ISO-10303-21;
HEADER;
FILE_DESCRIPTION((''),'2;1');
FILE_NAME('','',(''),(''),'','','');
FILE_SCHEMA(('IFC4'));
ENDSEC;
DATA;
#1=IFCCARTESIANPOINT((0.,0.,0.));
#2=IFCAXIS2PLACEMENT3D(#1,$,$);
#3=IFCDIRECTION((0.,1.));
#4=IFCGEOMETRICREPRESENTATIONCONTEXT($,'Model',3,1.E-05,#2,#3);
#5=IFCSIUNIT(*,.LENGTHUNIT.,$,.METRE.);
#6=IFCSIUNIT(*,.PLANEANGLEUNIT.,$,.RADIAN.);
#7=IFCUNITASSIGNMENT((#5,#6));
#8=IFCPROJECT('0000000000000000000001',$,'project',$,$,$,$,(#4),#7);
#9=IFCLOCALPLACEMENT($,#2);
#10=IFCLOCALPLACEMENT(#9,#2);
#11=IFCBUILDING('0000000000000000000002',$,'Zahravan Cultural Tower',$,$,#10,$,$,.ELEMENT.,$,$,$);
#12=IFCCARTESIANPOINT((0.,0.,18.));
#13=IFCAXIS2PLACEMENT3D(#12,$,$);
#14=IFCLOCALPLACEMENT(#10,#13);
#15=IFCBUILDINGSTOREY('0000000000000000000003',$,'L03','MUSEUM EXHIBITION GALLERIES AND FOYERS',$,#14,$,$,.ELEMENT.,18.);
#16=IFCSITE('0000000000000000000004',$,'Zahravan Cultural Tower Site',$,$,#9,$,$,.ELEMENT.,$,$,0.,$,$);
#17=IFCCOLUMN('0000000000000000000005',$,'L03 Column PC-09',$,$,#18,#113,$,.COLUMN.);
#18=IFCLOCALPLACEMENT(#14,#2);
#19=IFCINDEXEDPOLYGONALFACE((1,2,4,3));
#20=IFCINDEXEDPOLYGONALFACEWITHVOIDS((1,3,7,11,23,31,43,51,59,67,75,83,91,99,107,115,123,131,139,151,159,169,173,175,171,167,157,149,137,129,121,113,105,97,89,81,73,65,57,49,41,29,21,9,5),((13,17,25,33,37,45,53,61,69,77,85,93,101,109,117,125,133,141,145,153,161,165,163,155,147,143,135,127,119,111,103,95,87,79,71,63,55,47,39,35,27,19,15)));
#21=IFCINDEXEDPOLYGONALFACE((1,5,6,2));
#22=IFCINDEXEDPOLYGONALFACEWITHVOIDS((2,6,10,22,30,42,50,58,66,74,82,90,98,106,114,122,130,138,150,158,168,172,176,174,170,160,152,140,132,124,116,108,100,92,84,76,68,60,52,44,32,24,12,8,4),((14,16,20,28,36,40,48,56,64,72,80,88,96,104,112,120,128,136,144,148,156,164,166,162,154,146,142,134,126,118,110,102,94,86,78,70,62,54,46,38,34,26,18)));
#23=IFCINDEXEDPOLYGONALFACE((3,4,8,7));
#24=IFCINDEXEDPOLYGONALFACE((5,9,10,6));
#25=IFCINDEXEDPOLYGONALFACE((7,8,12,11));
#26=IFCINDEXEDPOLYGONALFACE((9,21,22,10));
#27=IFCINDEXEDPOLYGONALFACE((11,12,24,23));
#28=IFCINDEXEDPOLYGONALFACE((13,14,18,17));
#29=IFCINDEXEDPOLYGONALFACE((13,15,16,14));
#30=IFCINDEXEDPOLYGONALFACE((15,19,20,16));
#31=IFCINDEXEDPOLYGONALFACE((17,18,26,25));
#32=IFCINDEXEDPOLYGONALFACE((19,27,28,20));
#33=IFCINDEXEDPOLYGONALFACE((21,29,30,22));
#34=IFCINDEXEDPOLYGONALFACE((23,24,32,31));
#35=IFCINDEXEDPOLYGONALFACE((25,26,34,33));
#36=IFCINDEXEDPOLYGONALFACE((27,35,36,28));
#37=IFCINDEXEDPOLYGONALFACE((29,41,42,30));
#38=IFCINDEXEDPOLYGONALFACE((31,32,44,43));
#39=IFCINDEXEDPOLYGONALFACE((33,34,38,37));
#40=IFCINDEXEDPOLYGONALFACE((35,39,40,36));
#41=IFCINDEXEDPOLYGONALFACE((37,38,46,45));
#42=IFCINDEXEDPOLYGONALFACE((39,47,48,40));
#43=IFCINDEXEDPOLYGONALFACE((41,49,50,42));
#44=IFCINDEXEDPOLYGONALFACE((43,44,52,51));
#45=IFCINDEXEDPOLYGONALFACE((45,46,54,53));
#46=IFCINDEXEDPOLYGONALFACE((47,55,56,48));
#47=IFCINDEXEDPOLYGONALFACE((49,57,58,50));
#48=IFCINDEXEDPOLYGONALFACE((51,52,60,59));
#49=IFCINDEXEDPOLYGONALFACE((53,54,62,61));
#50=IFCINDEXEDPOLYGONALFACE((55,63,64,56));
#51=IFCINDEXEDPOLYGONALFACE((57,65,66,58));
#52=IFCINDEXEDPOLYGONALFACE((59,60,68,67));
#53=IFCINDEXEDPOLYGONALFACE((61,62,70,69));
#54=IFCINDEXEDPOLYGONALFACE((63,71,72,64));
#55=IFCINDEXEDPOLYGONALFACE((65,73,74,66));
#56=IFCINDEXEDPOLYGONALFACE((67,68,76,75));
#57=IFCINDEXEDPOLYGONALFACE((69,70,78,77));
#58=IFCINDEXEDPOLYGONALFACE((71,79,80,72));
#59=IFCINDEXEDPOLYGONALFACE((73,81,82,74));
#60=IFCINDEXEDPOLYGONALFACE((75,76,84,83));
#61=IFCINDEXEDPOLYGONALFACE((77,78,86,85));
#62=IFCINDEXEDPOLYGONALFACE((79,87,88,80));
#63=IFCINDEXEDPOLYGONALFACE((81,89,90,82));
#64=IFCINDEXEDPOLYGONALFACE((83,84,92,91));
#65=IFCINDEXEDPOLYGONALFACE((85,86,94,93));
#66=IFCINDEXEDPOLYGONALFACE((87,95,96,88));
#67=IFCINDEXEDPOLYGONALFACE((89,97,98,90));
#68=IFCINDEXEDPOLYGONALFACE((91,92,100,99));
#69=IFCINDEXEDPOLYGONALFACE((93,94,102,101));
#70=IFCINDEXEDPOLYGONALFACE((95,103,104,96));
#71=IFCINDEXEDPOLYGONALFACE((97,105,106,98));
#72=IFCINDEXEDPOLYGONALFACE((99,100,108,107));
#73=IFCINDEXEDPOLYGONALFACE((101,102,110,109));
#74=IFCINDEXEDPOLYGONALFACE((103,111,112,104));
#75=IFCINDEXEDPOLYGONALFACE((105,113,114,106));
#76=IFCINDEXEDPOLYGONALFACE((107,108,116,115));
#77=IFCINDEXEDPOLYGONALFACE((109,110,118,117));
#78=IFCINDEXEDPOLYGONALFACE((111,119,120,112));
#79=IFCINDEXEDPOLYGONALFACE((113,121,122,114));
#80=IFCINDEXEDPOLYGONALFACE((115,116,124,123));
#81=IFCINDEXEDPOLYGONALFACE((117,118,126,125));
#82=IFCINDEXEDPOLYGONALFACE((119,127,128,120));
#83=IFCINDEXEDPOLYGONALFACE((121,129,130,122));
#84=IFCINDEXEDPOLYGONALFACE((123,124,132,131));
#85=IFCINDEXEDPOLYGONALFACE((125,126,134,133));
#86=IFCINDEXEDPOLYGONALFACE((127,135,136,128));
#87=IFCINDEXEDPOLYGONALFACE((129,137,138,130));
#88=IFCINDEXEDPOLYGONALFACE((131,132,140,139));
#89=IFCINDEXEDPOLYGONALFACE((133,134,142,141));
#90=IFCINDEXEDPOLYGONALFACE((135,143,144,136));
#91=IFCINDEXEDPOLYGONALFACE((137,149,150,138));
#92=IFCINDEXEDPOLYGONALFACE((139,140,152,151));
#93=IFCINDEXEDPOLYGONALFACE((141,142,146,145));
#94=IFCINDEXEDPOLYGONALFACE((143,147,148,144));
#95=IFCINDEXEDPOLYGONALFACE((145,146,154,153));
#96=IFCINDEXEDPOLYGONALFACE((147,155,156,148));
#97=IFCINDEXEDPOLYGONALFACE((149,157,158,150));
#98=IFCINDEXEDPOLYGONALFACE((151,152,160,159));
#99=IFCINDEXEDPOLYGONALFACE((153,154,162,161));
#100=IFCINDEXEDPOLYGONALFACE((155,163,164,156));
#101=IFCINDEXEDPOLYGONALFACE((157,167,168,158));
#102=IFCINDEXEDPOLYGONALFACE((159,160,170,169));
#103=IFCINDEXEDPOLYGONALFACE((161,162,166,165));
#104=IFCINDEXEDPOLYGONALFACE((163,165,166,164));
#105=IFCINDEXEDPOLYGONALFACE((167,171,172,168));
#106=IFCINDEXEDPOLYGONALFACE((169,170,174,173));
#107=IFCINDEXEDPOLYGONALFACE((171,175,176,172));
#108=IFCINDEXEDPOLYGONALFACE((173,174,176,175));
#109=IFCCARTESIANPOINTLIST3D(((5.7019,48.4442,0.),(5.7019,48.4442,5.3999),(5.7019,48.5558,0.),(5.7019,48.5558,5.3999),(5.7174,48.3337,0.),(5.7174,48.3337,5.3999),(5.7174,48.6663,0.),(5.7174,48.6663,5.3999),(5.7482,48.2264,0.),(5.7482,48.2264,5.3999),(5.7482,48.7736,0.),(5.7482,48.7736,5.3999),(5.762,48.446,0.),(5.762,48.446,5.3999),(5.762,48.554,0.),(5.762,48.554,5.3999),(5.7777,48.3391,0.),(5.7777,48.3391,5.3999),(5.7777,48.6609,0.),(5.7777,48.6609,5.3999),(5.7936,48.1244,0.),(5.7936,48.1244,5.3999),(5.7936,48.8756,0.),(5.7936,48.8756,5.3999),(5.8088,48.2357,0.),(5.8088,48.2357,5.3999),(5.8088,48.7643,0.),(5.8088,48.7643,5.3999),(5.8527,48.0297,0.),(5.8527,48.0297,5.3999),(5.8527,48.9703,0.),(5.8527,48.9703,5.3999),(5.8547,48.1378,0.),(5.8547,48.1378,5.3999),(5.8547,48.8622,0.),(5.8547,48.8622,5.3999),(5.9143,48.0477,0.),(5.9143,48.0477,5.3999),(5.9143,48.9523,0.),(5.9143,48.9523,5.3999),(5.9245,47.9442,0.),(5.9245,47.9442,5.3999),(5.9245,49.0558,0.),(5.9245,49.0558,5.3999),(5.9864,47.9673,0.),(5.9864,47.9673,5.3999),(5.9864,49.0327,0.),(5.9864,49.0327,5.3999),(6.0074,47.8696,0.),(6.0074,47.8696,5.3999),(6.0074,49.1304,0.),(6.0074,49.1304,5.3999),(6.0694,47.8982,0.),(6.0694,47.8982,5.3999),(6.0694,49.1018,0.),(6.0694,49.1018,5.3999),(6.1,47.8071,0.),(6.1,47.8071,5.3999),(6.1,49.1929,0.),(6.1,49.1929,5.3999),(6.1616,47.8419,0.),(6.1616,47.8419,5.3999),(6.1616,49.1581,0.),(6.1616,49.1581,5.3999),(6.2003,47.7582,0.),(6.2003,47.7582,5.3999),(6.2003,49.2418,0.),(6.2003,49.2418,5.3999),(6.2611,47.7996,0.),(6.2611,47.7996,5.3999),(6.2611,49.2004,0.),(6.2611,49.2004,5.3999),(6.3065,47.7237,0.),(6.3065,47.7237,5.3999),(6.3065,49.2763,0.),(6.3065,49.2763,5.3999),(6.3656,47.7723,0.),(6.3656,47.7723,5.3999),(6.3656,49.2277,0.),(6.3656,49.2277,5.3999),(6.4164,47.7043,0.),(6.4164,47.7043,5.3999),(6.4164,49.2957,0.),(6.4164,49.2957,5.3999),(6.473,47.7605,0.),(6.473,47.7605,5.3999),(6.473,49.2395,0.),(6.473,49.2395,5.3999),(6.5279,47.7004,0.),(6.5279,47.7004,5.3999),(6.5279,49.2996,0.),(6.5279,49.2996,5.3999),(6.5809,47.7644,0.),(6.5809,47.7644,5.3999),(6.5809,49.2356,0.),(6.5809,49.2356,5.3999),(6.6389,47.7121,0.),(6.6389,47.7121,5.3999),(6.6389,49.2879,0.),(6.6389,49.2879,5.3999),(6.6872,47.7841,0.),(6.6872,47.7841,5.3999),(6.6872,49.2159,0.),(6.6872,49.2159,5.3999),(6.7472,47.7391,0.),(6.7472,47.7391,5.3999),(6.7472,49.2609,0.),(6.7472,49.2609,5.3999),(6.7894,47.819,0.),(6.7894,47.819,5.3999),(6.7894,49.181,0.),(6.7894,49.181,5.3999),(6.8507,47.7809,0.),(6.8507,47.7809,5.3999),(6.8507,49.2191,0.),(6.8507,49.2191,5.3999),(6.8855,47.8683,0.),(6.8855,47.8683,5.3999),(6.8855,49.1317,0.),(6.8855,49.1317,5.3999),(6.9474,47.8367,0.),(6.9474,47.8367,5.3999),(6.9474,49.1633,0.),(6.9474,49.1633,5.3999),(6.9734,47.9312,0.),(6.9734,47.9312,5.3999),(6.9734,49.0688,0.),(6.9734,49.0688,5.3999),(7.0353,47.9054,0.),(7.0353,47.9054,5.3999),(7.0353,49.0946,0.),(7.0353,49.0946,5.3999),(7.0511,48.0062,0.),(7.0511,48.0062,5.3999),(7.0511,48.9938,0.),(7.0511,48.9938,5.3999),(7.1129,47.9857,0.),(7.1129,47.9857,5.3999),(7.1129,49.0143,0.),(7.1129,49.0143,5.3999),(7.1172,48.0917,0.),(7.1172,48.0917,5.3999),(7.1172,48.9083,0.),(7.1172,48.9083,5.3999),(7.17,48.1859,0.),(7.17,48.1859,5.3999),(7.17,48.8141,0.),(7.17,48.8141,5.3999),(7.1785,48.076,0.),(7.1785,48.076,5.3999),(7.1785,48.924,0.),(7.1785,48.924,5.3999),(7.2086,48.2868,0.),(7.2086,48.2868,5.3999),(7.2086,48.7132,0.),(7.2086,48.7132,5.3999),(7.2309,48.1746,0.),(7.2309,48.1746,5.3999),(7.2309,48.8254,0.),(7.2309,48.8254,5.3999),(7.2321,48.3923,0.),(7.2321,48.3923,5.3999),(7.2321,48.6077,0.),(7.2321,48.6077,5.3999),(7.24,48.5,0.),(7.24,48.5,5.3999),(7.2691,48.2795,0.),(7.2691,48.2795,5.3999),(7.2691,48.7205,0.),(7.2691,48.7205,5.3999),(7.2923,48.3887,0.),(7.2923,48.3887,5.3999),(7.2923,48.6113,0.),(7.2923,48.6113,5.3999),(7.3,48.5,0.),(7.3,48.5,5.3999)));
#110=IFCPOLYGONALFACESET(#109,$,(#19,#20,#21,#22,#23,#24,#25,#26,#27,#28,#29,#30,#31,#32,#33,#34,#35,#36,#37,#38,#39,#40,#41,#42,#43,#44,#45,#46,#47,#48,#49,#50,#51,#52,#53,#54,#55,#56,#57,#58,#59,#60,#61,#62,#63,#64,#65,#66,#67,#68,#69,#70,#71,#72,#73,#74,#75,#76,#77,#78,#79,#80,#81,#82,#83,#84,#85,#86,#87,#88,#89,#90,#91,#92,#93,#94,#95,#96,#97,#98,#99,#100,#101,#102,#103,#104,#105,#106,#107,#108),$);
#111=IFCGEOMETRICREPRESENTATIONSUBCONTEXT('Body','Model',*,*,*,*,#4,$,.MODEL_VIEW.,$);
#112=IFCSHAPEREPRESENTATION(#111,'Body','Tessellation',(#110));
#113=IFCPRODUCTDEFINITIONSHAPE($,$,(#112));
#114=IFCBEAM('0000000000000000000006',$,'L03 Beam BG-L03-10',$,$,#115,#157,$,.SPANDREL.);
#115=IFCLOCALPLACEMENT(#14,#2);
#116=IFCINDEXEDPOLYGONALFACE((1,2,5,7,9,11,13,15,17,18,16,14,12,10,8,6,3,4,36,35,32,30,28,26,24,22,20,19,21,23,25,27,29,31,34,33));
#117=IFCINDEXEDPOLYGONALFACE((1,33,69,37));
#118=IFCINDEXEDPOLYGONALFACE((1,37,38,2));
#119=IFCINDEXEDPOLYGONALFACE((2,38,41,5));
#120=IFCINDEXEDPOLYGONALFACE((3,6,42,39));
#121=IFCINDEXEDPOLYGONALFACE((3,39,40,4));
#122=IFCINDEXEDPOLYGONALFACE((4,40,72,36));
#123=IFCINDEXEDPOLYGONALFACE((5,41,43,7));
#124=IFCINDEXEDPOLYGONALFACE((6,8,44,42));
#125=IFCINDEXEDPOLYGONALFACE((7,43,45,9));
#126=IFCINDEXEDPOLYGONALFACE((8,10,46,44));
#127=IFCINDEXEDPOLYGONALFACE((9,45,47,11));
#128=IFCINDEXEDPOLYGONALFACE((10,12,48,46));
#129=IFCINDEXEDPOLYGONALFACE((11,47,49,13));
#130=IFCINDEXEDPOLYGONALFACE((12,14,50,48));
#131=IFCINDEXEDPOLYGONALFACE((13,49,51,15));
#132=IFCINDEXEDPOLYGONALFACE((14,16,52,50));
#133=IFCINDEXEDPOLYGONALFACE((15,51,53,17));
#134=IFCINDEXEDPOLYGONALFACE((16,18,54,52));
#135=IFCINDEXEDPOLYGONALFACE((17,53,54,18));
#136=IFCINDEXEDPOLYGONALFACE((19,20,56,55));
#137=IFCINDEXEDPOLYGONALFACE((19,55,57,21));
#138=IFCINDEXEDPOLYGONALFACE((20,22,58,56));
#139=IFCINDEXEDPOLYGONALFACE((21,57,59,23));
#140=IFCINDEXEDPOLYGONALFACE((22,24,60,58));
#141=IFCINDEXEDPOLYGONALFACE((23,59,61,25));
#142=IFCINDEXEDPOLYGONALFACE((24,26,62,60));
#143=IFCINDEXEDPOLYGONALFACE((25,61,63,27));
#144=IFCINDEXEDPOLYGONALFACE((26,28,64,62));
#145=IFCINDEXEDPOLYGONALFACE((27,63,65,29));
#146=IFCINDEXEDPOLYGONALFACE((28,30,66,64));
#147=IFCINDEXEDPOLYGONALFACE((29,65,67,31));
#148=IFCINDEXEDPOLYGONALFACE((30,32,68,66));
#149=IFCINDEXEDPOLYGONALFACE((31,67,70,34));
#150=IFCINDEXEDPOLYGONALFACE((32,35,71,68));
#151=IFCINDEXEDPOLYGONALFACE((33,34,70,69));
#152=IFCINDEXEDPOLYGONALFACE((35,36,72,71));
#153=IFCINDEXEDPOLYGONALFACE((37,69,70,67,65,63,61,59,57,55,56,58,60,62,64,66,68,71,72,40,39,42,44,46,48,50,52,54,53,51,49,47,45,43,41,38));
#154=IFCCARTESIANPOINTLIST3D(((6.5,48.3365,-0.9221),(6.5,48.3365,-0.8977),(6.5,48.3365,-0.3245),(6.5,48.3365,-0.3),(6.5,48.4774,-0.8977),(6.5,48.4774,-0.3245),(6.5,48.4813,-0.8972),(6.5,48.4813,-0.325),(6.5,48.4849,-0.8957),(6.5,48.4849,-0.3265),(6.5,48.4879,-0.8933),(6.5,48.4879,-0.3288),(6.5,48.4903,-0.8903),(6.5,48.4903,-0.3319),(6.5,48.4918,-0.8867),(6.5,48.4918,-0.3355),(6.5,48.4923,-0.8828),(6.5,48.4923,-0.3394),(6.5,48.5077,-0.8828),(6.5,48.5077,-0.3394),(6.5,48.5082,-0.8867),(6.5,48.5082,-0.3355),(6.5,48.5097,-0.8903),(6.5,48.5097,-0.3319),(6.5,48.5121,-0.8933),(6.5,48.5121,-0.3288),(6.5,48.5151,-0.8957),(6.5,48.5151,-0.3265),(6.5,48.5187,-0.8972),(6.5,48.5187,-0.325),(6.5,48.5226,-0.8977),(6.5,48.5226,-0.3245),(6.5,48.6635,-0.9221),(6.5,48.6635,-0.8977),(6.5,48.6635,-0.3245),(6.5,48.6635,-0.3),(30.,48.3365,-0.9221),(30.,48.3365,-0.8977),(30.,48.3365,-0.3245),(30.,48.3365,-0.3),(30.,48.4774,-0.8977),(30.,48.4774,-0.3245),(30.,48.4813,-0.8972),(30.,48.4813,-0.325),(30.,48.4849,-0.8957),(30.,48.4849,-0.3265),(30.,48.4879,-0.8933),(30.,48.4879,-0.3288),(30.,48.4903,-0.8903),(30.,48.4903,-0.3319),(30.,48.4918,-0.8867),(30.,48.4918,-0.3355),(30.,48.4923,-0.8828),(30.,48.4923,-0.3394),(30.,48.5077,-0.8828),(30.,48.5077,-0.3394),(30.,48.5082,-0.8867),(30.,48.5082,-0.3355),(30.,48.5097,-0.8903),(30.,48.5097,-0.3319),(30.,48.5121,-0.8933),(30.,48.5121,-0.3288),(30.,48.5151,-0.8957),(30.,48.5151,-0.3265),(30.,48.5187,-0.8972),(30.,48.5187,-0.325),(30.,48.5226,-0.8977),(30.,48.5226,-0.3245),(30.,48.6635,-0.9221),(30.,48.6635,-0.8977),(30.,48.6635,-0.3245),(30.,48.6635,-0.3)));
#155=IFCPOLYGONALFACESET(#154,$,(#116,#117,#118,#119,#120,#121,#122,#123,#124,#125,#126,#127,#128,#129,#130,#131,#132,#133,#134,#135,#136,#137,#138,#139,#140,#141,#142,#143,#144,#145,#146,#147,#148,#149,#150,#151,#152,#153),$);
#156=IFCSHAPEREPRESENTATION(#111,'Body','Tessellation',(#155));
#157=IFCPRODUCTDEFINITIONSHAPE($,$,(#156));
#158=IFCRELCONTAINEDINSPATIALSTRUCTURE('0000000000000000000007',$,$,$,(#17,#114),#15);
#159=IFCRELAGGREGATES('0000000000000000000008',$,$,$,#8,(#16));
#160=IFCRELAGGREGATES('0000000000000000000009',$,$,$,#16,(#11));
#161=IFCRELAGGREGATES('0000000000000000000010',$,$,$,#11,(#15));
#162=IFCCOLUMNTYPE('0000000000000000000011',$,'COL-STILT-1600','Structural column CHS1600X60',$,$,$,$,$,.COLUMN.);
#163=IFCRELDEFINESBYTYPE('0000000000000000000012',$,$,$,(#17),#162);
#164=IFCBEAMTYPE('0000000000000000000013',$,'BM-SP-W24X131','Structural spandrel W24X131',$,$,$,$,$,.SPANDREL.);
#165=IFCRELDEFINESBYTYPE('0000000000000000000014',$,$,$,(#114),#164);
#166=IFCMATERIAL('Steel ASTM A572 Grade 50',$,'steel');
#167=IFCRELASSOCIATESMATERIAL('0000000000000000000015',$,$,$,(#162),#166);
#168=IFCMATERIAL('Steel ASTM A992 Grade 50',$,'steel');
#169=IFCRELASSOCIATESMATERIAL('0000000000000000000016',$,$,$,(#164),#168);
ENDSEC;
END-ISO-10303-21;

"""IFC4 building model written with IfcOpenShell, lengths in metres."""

from ifc_helpers import new_model, si_unit, direction, frame, origin, origin_2d, place, context, subcontext, project, spatial, hollow_circle, i_section, extrude, source, transform, mapped, material, material_profile, profile_set, type_object, element, save


model = new_model("IFC4")

# Units and contexts
model_context = context("Model", 3, precision=1e-05, world=origin(), true_north=direction((0.0, 1.0)))
body_context = subcontext(model_context, "Body", "Model", "MODEL_VIEW")
ifc_project = project(units=[si_unit("LENGTHUNIT", "METRE"), si_unit("PLANEANGLEUNIT", "RADIAN")], contexts=[model_context])

# Site, building, storey
site_placement = place(None, origin())
site = spatial("IfcSite", under=ifc_project, at=site_placement, Name="Zahravan Cultural Tower Site", CompositionType="ELEMENT", RefElevation=0.0)
building_placement = place(site_placement, origin())
building = spatial("IfcBuilding", under=site, at=building_placement, Name="Zahravan Cultural Tower", CompositionType="ELEMENT")
storey_placement = place(building_placement, frame((0.0, 0.0, 18.0)))
storey = spatial("IfcBuildingStorey", under=building, at=storey_placement, Name="L03", Description="MUSEUM EXHIBITION GALLERIES AND FOYERS", CompositionType="ELEMENT", Elevation=18.0)

# Column
ifc_material_1 = material(Name="Steel ASTM A572 Grade 50", Category="steel")
ifc_material_profile_1 = material_profile(ifc_material_1, hollow_circle(Radius=0.8, WallThickness=0.0601, at=origin_2d()), Name="CHS1600X60")
ifc_profile_set_1 = profile_set([ifc_material_profile_1], Name="Steel ASTM A572 Grade 50")
column_type_1 = type_object("IfcColumnType", Name="COL-STILT-1600", Description="Structural column CHS1600X60", PredefinedType="COLUMN", material=ifc_profile_set_1)
shared_shape_1 = source(origin(), body_context, "Body", "SweptSolid", [
    extrude(hollow_circle(Radius=0.8, WallThickness=0.0601, at=origin_2d()), origin(), (0.0, 0.0, 1.0), 5.3999),
])
for number, where, z_axis, x_axis, name in (
    (1, (6.5, 48.5, 0.0), (0.0, 0.0, 1.0), (1.0, 0.0, 0.0), "L03 Column PC-09"),
):
    element("IfcColumn", number, at=place(storey_placement, frame(where, z_axis=z_axis, x_axis=x_axis)), inside=storey, type_object=column_type_1, Name=name, PredefinedType="COLUMN", context=body_context, shape_type="MappedRepresentation", body=[
        mapped(shared_shape_1, transform((0.0, 0.0, 0.0), x_axis=(1.0, 0.0, 0.0), y_axis=(0.0, 1.0, 0.0), z_axis=(0.0, 0.0, 1.0), scale=1.0)),
    ])

# Beam
ifc_material_2 = material(Name="Steel ASTM A992 Grade 50", Category="steel")
ifc_material_profile_2 = material_profile(ifc_material_2, i_section(OverallWidth=0.3269, OverallDepth=0.6221, WebThickness=0.0154, FlangeThickness=0.0244, FilletRadius=0.0149, at=origin_2d()), Name="W24X131")
ifc_profile_set_2 = profile_set([ifc_material_profile_2], Name="Steel ASTM A992 Grade 50")
beam_type_1 = type_object("IfcBeamType", Name="BM-SP-W24X131", Description="Structural spandrel W24X131", PredefinedType="SPANDREL", material=ifc_profile_set_2)
shared_shape_2 = source(origin(), body_context, "Body", "SweptSolid", [
    extrude(i_section(OverallWidth=0.3269, OverallDepth=0.6221, WebThickness=0.0154, FlangeThickness=0.0244, FilletRadius=0.0149, at=origin_2d()), origin(), (0.0, 0.0, 1.0), 23.5),
])
beam_1_placement = place(storey_placement, frame((6.5, 48.5, -0.6111), z_axis=(1.0, 0.0, 0.0), x_axis=(0.0, 1.0, 0.0)))
element("IfcBeam", 2, at=beam_1_placement, inside=storey, type_object=beam_type_1, Name="L03 Beam BG-L03-10", PredefinedType="SPANDREL", context=body_context, shape_type="MappedRepresentation", body=[
    mapped(shared_shape_2, transform((0.0, 0.0, 0.0), x_axis=(1.0, 0.0, 0.0), y_axis=(0.0, 1.0, 0.0), z_axis=(0.0, 0.0, 1.0), scale=1.0)),
])

save(model, "model.ifc")
